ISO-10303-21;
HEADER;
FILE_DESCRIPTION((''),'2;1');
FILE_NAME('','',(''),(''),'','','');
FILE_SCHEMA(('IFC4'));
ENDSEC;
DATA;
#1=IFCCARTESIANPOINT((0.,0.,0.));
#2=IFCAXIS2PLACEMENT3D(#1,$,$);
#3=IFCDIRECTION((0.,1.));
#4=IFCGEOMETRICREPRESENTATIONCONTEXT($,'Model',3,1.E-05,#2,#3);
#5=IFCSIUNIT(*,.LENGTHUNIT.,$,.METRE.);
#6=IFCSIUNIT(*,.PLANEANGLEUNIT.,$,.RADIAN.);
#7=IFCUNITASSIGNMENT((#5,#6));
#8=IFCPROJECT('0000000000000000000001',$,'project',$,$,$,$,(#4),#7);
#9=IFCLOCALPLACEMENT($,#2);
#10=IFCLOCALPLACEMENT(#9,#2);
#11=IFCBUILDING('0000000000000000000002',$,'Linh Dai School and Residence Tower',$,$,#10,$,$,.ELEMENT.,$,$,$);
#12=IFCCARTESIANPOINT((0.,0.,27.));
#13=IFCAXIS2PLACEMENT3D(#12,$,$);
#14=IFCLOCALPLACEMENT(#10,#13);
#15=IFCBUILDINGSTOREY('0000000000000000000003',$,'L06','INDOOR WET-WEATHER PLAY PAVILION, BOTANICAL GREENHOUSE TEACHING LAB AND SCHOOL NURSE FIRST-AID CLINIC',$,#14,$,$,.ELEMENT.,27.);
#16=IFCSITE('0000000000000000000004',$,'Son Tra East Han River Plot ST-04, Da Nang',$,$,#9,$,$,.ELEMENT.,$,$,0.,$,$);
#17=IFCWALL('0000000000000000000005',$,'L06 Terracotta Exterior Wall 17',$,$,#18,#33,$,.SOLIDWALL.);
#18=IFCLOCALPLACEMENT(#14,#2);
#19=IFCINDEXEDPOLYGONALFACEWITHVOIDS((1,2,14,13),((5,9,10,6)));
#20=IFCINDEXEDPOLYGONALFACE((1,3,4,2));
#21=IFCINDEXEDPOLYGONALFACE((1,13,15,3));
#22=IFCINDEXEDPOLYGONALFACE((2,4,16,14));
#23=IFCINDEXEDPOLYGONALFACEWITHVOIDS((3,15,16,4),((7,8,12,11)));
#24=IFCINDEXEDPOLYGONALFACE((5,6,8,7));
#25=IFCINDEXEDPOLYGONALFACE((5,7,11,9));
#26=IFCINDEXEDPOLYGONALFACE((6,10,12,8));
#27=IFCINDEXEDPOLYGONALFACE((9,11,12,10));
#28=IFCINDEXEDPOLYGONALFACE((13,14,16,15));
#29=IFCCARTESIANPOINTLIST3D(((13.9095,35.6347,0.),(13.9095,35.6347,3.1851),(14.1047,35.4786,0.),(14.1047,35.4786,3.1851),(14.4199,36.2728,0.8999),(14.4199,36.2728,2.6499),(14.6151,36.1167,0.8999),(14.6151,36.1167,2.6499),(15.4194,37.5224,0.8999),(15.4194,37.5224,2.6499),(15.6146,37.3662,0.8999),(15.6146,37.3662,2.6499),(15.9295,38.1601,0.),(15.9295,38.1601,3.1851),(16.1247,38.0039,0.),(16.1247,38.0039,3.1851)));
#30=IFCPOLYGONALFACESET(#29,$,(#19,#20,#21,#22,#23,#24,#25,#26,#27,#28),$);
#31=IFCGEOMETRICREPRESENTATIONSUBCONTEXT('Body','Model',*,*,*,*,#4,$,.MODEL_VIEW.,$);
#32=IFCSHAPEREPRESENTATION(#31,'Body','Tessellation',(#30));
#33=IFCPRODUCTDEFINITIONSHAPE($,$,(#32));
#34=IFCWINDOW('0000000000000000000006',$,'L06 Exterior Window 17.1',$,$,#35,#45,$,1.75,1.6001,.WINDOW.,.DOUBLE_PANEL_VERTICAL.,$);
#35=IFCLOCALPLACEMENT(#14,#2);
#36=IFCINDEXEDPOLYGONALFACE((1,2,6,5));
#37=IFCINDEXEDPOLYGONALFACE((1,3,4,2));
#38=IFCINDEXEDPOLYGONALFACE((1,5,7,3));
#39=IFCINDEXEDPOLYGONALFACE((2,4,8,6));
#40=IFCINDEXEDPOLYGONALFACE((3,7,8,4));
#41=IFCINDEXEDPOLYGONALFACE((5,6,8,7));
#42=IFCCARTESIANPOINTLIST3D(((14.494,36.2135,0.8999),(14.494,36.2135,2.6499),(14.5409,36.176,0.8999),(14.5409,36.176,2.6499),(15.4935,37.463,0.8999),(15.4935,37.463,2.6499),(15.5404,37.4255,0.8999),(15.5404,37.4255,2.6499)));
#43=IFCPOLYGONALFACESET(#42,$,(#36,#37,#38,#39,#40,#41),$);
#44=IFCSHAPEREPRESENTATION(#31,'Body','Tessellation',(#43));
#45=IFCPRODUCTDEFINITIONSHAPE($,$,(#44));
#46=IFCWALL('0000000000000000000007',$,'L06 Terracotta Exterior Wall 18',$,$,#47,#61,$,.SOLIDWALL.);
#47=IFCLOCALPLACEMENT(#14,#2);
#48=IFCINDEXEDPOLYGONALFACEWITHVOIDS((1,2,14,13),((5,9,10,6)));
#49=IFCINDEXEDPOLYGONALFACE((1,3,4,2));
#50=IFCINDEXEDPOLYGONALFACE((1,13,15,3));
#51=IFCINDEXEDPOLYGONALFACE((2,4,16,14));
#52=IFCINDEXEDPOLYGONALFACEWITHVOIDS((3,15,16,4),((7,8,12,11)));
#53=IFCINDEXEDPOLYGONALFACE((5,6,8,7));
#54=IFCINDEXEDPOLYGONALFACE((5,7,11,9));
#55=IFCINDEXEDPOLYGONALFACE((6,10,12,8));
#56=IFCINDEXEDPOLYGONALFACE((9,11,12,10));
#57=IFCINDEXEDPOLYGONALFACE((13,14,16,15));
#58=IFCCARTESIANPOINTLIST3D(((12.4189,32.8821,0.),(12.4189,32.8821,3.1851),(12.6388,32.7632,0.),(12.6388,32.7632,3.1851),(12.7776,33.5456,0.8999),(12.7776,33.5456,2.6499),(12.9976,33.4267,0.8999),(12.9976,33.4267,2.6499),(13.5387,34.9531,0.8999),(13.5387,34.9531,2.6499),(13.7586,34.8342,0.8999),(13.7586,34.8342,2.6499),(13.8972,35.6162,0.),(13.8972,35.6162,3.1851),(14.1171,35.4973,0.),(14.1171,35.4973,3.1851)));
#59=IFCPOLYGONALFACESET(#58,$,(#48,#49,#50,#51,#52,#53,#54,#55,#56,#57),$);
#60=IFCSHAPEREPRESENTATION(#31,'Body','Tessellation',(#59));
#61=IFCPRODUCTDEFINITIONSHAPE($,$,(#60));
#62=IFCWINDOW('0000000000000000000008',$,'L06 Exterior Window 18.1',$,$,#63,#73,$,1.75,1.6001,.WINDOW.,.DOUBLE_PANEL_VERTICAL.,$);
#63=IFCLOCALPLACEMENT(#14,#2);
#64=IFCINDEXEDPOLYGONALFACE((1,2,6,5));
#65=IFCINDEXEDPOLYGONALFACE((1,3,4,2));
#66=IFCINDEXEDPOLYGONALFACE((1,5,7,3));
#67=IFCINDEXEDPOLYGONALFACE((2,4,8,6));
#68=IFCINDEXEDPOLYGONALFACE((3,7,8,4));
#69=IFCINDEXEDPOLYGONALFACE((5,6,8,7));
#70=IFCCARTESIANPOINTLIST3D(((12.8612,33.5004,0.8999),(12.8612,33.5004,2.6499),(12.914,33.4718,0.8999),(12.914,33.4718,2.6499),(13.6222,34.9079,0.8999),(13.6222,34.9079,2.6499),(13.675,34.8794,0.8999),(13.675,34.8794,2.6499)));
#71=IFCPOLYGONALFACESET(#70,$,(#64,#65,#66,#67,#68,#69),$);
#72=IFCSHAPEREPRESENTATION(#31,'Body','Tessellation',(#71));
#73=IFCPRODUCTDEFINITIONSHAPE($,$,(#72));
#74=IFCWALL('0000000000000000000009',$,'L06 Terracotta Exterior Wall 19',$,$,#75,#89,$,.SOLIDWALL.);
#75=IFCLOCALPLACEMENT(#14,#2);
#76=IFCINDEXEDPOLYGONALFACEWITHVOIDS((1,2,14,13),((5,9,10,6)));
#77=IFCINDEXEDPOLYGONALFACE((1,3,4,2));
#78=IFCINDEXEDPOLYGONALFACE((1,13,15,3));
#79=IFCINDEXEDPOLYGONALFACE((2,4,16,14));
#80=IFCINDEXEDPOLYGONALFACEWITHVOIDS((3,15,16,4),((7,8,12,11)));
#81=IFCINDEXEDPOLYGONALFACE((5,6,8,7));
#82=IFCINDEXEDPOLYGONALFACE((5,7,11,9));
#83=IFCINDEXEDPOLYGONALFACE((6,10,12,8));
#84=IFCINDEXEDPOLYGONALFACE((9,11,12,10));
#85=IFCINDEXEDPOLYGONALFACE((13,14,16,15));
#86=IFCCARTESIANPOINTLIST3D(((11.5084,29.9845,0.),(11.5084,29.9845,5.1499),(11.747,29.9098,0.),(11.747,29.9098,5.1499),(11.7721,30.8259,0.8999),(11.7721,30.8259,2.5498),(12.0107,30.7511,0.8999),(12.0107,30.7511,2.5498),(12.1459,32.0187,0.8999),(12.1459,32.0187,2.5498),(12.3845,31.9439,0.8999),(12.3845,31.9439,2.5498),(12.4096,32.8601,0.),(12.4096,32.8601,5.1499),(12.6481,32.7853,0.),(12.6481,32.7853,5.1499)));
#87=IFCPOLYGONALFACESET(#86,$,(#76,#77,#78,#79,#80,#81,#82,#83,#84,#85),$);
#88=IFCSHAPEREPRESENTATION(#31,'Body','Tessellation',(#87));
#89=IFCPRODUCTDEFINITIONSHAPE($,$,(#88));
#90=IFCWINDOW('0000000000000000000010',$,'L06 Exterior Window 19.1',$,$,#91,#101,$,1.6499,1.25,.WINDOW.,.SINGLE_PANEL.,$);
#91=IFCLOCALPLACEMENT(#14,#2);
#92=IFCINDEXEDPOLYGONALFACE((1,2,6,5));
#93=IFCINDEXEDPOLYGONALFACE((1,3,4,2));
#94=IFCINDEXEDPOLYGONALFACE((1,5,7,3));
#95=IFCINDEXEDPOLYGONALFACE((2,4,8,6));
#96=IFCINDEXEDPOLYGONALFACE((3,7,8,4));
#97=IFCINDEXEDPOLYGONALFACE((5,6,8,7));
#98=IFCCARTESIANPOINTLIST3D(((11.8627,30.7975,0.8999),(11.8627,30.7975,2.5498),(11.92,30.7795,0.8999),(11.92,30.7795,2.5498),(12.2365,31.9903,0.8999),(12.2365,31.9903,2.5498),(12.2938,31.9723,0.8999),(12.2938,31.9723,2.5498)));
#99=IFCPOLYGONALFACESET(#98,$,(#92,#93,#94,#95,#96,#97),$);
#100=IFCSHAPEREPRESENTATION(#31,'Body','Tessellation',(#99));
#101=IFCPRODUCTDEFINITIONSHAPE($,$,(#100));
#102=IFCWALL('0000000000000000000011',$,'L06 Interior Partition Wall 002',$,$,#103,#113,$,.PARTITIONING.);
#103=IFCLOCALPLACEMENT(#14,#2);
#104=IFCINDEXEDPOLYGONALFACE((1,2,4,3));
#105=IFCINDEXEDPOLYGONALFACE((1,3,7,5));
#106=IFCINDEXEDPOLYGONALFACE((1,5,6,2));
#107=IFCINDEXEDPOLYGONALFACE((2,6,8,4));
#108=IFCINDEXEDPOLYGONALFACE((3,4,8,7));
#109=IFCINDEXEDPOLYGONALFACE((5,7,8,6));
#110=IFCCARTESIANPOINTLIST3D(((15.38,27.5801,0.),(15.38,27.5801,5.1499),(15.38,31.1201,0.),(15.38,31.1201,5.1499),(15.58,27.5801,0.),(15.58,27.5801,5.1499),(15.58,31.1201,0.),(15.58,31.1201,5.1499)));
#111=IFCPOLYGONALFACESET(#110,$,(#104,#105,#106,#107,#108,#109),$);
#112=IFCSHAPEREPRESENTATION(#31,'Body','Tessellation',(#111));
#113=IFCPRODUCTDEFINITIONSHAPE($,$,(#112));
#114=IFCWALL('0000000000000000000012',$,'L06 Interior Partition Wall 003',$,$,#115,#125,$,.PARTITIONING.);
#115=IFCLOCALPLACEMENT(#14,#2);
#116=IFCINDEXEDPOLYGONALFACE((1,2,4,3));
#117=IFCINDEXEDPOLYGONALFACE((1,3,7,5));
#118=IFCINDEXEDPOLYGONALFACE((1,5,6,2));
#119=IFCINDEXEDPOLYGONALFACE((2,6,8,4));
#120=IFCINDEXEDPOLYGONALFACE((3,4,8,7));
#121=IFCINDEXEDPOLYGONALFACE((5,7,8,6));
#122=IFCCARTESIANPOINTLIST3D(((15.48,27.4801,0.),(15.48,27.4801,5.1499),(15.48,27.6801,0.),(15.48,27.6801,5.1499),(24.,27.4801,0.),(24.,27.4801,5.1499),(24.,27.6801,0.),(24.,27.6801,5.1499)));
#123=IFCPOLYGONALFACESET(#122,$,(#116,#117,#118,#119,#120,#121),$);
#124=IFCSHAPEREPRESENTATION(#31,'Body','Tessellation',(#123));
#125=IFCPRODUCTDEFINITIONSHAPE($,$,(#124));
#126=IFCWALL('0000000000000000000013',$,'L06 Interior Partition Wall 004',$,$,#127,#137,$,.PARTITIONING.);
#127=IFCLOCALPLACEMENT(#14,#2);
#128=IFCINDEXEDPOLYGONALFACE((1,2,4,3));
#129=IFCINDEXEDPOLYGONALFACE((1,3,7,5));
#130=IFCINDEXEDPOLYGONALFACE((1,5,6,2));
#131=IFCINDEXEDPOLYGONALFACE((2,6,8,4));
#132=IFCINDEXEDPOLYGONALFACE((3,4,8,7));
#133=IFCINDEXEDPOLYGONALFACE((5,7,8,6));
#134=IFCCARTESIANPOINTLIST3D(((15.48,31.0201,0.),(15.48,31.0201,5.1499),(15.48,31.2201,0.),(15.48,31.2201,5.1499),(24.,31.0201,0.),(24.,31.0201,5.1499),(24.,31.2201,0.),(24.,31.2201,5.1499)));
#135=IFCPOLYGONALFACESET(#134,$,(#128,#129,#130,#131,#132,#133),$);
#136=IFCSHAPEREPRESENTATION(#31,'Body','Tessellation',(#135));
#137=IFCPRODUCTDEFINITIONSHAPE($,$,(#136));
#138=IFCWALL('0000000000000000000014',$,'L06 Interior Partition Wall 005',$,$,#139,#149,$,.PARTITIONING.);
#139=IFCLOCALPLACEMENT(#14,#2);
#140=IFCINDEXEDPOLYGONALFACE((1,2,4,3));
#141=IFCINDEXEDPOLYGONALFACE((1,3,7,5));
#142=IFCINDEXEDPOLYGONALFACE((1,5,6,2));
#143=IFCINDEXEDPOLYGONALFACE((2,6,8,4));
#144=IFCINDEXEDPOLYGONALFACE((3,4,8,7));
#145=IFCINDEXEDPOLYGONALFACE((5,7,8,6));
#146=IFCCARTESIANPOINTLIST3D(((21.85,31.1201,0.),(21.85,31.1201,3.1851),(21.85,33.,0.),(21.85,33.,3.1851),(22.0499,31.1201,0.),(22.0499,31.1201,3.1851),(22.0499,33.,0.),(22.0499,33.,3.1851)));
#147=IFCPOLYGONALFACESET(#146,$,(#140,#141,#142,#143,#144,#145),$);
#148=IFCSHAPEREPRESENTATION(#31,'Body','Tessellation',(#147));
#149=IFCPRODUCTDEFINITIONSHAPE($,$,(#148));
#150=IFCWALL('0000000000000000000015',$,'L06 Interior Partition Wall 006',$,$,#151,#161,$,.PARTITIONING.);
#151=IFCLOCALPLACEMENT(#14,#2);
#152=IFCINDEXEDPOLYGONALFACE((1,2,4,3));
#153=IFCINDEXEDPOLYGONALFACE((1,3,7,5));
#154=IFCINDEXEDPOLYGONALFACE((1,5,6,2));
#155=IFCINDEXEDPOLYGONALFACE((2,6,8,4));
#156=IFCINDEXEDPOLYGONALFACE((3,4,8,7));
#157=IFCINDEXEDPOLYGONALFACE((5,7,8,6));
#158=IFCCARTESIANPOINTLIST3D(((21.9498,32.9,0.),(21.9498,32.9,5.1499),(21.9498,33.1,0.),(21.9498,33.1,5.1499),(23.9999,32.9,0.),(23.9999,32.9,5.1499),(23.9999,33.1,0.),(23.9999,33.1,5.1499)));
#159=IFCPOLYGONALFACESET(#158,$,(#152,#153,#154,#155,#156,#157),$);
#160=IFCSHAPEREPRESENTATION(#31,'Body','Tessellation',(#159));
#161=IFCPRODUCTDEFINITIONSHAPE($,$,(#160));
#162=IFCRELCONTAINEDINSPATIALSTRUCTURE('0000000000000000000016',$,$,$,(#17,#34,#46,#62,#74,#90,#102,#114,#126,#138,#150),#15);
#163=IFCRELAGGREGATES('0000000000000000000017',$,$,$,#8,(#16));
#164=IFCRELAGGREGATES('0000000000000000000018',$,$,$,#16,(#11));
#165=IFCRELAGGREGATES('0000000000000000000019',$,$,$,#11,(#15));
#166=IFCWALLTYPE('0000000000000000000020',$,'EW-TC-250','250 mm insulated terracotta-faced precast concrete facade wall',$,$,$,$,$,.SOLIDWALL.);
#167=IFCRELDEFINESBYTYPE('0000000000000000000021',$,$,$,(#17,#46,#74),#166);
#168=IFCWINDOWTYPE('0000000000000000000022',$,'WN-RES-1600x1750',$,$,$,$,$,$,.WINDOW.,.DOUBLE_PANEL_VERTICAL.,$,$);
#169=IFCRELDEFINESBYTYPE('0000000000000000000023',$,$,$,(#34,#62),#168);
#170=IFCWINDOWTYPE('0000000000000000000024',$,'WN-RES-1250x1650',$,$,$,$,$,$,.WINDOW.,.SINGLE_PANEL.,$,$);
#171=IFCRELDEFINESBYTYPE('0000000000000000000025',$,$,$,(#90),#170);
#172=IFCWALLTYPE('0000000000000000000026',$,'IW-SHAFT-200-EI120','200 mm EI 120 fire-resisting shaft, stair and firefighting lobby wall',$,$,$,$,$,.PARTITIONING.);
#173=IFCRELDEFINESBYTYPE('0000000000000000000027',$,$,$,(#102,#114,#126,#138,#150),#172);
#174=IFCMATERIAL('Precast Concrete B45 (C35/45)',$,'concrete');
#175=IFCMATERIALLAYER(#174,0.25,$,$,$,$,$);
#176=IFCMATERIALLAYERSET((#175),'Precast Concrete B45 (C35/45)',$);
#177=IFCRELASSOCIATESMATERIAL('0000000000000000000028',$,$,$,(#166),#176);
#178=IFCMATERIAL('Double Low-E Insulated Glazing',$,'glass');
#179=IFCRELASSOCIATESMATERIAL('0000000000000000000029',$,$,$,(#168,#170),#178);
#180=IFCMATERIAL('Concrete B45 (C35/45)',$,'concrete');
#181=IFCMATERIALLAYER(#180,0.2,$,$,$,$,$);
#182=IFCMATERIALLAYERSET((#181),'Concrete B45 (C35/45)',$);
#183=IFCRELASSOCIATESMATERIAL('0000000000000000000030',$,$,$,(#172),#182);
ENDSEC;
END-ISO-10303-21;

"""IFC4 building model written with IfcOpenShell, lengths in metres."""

from ifc_helpers import new_model, si_unit, direction, frame, frame_2d, origin, origin_2d, place, context, subcontext, project, spatial, rectangle, extrude, source, transform, mapped, material, layer, layer_set, type_object, element, fill, save


model = new_model("IFC4")

# Units and contexts
model_context = context("Model", 3, precision=1e-05, world=origin(), true_north=direction((0.0, 1.0)))
body_context = subcontext(model_context, "Body", "Model", "MODEL_VIEW")
ifc_project = project(units=[si_unit("LENGTHUNIT", "METRE"), si_unit("PLANEANGLEUNIT", "RADIAN")], contexts=[model_context])

# Site, building, storey
site_placement = place(None, origin())
site = spatial("IfcSite", under=ifc_project, at=site_placement, Name="Son Tra East Han River Plot ST-04, Da Nang", CompositionType="ELEMENT", RefElevation=0.0)
building_placement = place(site_placement, origin())
building = spatial("IfcBuilding", under=site, at=building_placement, Name="Linh Dai School and Residence Tower", CompositionType="ELEMENT")
storey_placement = place(building_placement, frame((0.0, 0.0, 27.0)))
storey = spatial("IfcBuildingStorey", under=building, at=storey_placement, Name="L06", Description="INDOOR WET-WEATHER PLAY PAVILION, BOTANICAL GREENHOUSE TEACHING LAB AND SCHOOL NURSE FIRST-AID CLINIC", CompositionType="ELEMENT", Elevation=27.0)

# Walls, openings, windows
ifc_material_1 = material(Name="Precast Concrete B45 (C35/45)", Category="concrete")
ifc_layer_1 = layer(ifc_material_1, 0.25)
ifc_layer_set_1 = layer_set([ifc_layer_1], Name="Precast Concrete B45 (C35/45)")
wall_type_1 = type_object("IfcWallType", Name="EW-TC-250", Description="250 mm insulated terracotta-faced precast concrete facade wall", PredefinedType="SOLIDWALL", material=ifc_layer_set_1)
wall_1_placement = place(storey_placement, frame((14.0071, 35.5566, 0.0), z_axis=(0.0, 0.0, 1.0), x_axis=(0.62464, 0.780913, 0.0)))
wall_1 = element("IfcWall", 1, at=wall_1_placement, inside=storey, type_object=wall_type_1, Name="L06 Terracotta Exterior Wall 17", PredefinedType="SOLIDWALL", context=body_context, shape_type="SweptSolid", body=[
    extrude(rectangle(XDim=3.2339, YDim=0.25, at=frame_2d((1.6169, 0.0))), origin(), (0.0, 0.0, 1.0), 3.1851),
])
opening_1_placement = place(wall_1_placement, frame((0.8171, 0.0, 0.8999)))
opening_1 = element("IfcOpeningElement", 2, at=opening_1_placement, cuts=wall_1, PredefinedType="OPENING", context=body_context, shape_type="SweptSolid", body=[
    extrude(rectangle(XDim=1.6001, YDim=1.75, at=origin_2d()), frame((0.8, 0.135, 0.875), z_axis=(0.0, -1.0, 0.0), x_axis=(1.0, 0.0, 0.0)), (0.0, 0.0, 1.0), 0.27),
])
ifc_material_2 = material(Name="Double Low-E Insulated Glazing", Category="glass")
window_type_1 = type_object("IfcWindowType", Name="WN-RES-1600x1750", PartitioningType="DOUBLE_PANEL_VERTICAL", PredefinedType="WINDOW", material=ifc_material_2)
shared_shape_1 = source(origin(), body_context, "Body", "SweptSolid", [
    extrude(rectangle(XDim=1.6001, YDim=1.75, at=origin_2d()), frame((0.8, 0.03, 0.875), z_axis=(0.0, -1.0, 0.0), x_axis=(1.0, 0.0, 0.0)), (0.0, 0.0, 1.0), 0.0601),
])
window_1_placement = place(opening_1_placement, origin())
window_1 = element("IfcWindow", 3, at=window_1_placement, inside=storey, type_object=window_type_1, Name="L06 Exterior Window 17.1", OverallHeight=1.75, OverallWidth=1.6001, PartitioningType="DOUBLE_PANEL_VERTICAL", PredefinedType="WINDOW", context=body_context, shape_type="MappedRepresentation", body=[
    mapped(shared_shape_1, transform((0.0, 0.0, 0.0), x_axis=(1.0, 0.0, 0.0), y_axis=(0.0, 1.0, 0.0), z_axis=(0.0, 0.0, 1.0), scale=1.0)),
])
fill(opening_1, window_1)
wall_2_placement = place(storey_placement, frame((12.5288, 32.8225, 0.0), z_axis=(0.0, 0.0, 1.0), x_axis=(0.475607, 0.879658, 0.0)))
wall_2 = element("IfcWall", 4, at=wall_2_placement, inside=storey, type_object=wall_type_1, Name="L06 Terracotta Exterior Wall 18", PredefinedType="SOLIDWALL", context=body_context, shape_type="SweptSolid", body=[
    extrude(rectangle(XDim=3.1082, YDim=0.25, at=frame_2d((1.5542, 0.0))), origin(), (0.0, 0.0, 1.0), 3.1851),
])
opening_2_placement = place(wall_2_placement, frame((0.7544, 0.0, 0.8999)))
opening_2 = element("IfcOpeningElement", 5, at=opening_2_placement, cuts=wall_2, PredefinedType="OPENING", context=body_context, shape_type="SweptSolid", body=[
    extrude(rectangle(XDim=1.6001, YDim=1.75, at=origin_2d()), frame((0.8, 0.135, 0.875), z_axis=(0.0, -1.0, 0.0), x_axis=(1.0, 0.0, 0.0)), (0.0, 0.0, 1.0), 0.27),
])
window_2_placement = place(opening_2_placement, origin())
window_2 = element("IfcWindow", 6, at=window_2_placement, inside=storey, type_object=window_type_1, Name="L06 Exterior Window 18.1", OverallHeight=1.75, OverallWidth=1.6001, PartitioningType="DOUBLE_PANEL_VERTICAL", PredefinedType="WINDOW", context=body_context, shape_type="MappedRepresentation", body=[
    mapped(shared_shape_1, transform((0.0, 0.0, 0.0), x_axis=(1.0, 0.0, 0.0), y_axis=(0.0, 1.0, 0.0), z_axis=(0.0, 0.0, 1.0), scale=1.0)),
])
fill(opening_2, window_2)
wall_3_placement = place(storey_placement, frame((11.6277, 29.947, 0.0), z_axis=(0.0, 0.0, 1.0), x_axis=(0.299041, 0.95424, 0.0)))
wall_3 = element("IfcWall", 7, at=wall_3_placement, inside=storey, type_object=wall_type_1, Name="L06 Terracotta Exterior Wall 19", PredefinedType="SOLIDWALL", context=body_context, shape_type="SweptSolid", body=[
    extrude(rectangle(XDim=3.0134, YDim=0.25, at=frame_2d((1.5068, 0.0))), origin(), (0.0, 0.0, 1.0), 5.1499),
])
opening_3_placement = place(wall_3_placement, frame((0.8818, 0.0, 0.8999)))
opening_3 = element("IfcOpeningElement", 8, at=opening_3_placement, cuts=wall_3, PredefinedType="OPENING", context=body_context, shape_type="SweptSolid", body=[
    extrude(rectangle(XDim=1.25, YDim=1.6499, at=origin_2d()), frame((0.625, 0.135, 0.825), z_axis=(0.0, -1.0, 0.0), x_axis=(1.0, 0.0, 0.0)), (0.0, 0.0, 1.0), 0.27),
])
window_type_2 = type_object("IfcWindowType", Name="WN-RES-1250x1650", PartitioningType="SINGLE_PANEL", PredefinedType="WINDOW", material=ifc_material_2)
shared_shape_2 = source(origin(), body_context, "Body", "SweptSolid", [
    extrude(rectangle(XDim=1.25, YDim=1.6499, at=origin_2d()), frame((0.625, 0.03, 0.825), z_axis=(0.0, -1.0, 0.0), x_axis=(1.0, 0.0, 0.0)), (0.0, 0.0, 1.0), 0.0601),
])
window_3_placement = place(opening_3_placement, origin())
window_3 = element("IfcWindow", 9, at=window_3_placement, inside=storey, type_object=window_type_2, Name="L06 Exterior Window 19.1", OverallHeight=1.6499, OverallWidth=1.25, PartitioningType="SINGLE_PANEL", PredefinedType="WINDOW", context=body_context, shape_type="MappedRepresentation", body=[
    mapped(shared_shape_2, transform((0.0, 0.0, 0.0), x_axis=(1.0, 0.0, 0.0), y_axis=(0.0, 1.0, 0.0), z_axis=(0.0, 0.0, 1.0), scale=1.0)),
])
fill(opening_3, window_3)

# Walls
ifc_material_3 = material(Name="Concrete B45 (C35/45)", Category="concrete")
ifc_layer_2 = layer(ifc_material_3, 0.2)
ifc_layer_set_2 = layer_set([ifc_layer_2], Name="Concrete B45 (C35/45)")
wall_type_2 = type_object("IfcWallType", Name="IW-SHAFT-200-EI120", Description="200 mm EI 120 fire-resisting shaft, stair and firefighting lobby wall", PredefinedType="PARTITIONING", material=ifc_layer_set_2)
wall_4_placement = place(storey_placement, frame((15.48, 27.5801, 0.0), z_axis=(0.0, 0.0, 1.0), x_axis=(0.0, 1.0, 0.0)))
element("IfcWall", 10, at=wall_4_placement, inside=storey, type_object=wall_type_2, Name="L06 Interior Partition Wall 002", PredefinedType="PARTITIONING", context=body_context, shape_type="SweptSolid", body=[
    extrude(rectangle(XDim=3.54, YDim=0.2, at=frame_2d((1.77, 0.0))), origin(), (0.0, 0.0, 1.0), 5.1499),
])
for number, where, z_axis, x_axis, name in (
    (11, (15.48, 27.5801, 0.0), (0.0, 0.0, 1.0), (1.0, 0.0, 0.0), "L06 Interior Partition Wall 003"),
    (12, (15.48, 31.1201, 0.0), (0.0, 0.0, 1.0), (1.0, 0.0, 0.0), "L06 Interior Partition Wall 004"),
):
    element("IfcWall", number, at=place(storey_placement, frame(where, z_axis=z_axis, x_axis=x_axis)), inside=storey, type_object=wall_type_2, Name=name, PredefinedType="PARTITIONING", context=body_context, shape_type="SweptSolid", body=[
        extrude(rectangle(XDim=8.52, YDim=0.2, at=frame_2d((4.26, 0.0))), origin(), (0.0, 0.0, 1.0), 5.1499),
    ])
wall_5_placement = place(storey_placement, frame((21.95, 31.1201, 0.0), z_axis=(0.0, 0.0, 1.0), x_axis=(0.0, 1.0, 0.0)))
element("IfcWall", 13, at=wall_5_placement, inside=storey, type_object=wall_type_2, Name="L06 Interior Partition Wall 005", PredefinedType="PARTITIONING", context=body_context, shape_type="SweptSolid", body=[
    extrude(rectangle(XDim=1.8799, YDim=0.2, at=frame_2d((0.9399, 0.0))), origin(), (0.0, 0.0, 1.0), 3.1851),
])
wall_6_placement = place(storey_placement, frame((21.95, 33.0, 0.0), z_axis=(0.0, 0.0, 1.0), x_axis=(1.0, 0.0, 0.0)))
element("IfcWall", 14, at=wall_6_placement, inside=storey, type_object=wall_type_2, Name="L06 Interior Partition Wall 006", PredefinedType="PARTITIONING", context=body_context, shape_type="SweptSolid", body=[
    extrude(rectangle(XDim=2.05, YDim=0.2, at=frame_2d((1.0249, 0.0))), origin(), (0.0, 0.0, 1.0), 5.1499),
])

save(model, "model.ifc")
